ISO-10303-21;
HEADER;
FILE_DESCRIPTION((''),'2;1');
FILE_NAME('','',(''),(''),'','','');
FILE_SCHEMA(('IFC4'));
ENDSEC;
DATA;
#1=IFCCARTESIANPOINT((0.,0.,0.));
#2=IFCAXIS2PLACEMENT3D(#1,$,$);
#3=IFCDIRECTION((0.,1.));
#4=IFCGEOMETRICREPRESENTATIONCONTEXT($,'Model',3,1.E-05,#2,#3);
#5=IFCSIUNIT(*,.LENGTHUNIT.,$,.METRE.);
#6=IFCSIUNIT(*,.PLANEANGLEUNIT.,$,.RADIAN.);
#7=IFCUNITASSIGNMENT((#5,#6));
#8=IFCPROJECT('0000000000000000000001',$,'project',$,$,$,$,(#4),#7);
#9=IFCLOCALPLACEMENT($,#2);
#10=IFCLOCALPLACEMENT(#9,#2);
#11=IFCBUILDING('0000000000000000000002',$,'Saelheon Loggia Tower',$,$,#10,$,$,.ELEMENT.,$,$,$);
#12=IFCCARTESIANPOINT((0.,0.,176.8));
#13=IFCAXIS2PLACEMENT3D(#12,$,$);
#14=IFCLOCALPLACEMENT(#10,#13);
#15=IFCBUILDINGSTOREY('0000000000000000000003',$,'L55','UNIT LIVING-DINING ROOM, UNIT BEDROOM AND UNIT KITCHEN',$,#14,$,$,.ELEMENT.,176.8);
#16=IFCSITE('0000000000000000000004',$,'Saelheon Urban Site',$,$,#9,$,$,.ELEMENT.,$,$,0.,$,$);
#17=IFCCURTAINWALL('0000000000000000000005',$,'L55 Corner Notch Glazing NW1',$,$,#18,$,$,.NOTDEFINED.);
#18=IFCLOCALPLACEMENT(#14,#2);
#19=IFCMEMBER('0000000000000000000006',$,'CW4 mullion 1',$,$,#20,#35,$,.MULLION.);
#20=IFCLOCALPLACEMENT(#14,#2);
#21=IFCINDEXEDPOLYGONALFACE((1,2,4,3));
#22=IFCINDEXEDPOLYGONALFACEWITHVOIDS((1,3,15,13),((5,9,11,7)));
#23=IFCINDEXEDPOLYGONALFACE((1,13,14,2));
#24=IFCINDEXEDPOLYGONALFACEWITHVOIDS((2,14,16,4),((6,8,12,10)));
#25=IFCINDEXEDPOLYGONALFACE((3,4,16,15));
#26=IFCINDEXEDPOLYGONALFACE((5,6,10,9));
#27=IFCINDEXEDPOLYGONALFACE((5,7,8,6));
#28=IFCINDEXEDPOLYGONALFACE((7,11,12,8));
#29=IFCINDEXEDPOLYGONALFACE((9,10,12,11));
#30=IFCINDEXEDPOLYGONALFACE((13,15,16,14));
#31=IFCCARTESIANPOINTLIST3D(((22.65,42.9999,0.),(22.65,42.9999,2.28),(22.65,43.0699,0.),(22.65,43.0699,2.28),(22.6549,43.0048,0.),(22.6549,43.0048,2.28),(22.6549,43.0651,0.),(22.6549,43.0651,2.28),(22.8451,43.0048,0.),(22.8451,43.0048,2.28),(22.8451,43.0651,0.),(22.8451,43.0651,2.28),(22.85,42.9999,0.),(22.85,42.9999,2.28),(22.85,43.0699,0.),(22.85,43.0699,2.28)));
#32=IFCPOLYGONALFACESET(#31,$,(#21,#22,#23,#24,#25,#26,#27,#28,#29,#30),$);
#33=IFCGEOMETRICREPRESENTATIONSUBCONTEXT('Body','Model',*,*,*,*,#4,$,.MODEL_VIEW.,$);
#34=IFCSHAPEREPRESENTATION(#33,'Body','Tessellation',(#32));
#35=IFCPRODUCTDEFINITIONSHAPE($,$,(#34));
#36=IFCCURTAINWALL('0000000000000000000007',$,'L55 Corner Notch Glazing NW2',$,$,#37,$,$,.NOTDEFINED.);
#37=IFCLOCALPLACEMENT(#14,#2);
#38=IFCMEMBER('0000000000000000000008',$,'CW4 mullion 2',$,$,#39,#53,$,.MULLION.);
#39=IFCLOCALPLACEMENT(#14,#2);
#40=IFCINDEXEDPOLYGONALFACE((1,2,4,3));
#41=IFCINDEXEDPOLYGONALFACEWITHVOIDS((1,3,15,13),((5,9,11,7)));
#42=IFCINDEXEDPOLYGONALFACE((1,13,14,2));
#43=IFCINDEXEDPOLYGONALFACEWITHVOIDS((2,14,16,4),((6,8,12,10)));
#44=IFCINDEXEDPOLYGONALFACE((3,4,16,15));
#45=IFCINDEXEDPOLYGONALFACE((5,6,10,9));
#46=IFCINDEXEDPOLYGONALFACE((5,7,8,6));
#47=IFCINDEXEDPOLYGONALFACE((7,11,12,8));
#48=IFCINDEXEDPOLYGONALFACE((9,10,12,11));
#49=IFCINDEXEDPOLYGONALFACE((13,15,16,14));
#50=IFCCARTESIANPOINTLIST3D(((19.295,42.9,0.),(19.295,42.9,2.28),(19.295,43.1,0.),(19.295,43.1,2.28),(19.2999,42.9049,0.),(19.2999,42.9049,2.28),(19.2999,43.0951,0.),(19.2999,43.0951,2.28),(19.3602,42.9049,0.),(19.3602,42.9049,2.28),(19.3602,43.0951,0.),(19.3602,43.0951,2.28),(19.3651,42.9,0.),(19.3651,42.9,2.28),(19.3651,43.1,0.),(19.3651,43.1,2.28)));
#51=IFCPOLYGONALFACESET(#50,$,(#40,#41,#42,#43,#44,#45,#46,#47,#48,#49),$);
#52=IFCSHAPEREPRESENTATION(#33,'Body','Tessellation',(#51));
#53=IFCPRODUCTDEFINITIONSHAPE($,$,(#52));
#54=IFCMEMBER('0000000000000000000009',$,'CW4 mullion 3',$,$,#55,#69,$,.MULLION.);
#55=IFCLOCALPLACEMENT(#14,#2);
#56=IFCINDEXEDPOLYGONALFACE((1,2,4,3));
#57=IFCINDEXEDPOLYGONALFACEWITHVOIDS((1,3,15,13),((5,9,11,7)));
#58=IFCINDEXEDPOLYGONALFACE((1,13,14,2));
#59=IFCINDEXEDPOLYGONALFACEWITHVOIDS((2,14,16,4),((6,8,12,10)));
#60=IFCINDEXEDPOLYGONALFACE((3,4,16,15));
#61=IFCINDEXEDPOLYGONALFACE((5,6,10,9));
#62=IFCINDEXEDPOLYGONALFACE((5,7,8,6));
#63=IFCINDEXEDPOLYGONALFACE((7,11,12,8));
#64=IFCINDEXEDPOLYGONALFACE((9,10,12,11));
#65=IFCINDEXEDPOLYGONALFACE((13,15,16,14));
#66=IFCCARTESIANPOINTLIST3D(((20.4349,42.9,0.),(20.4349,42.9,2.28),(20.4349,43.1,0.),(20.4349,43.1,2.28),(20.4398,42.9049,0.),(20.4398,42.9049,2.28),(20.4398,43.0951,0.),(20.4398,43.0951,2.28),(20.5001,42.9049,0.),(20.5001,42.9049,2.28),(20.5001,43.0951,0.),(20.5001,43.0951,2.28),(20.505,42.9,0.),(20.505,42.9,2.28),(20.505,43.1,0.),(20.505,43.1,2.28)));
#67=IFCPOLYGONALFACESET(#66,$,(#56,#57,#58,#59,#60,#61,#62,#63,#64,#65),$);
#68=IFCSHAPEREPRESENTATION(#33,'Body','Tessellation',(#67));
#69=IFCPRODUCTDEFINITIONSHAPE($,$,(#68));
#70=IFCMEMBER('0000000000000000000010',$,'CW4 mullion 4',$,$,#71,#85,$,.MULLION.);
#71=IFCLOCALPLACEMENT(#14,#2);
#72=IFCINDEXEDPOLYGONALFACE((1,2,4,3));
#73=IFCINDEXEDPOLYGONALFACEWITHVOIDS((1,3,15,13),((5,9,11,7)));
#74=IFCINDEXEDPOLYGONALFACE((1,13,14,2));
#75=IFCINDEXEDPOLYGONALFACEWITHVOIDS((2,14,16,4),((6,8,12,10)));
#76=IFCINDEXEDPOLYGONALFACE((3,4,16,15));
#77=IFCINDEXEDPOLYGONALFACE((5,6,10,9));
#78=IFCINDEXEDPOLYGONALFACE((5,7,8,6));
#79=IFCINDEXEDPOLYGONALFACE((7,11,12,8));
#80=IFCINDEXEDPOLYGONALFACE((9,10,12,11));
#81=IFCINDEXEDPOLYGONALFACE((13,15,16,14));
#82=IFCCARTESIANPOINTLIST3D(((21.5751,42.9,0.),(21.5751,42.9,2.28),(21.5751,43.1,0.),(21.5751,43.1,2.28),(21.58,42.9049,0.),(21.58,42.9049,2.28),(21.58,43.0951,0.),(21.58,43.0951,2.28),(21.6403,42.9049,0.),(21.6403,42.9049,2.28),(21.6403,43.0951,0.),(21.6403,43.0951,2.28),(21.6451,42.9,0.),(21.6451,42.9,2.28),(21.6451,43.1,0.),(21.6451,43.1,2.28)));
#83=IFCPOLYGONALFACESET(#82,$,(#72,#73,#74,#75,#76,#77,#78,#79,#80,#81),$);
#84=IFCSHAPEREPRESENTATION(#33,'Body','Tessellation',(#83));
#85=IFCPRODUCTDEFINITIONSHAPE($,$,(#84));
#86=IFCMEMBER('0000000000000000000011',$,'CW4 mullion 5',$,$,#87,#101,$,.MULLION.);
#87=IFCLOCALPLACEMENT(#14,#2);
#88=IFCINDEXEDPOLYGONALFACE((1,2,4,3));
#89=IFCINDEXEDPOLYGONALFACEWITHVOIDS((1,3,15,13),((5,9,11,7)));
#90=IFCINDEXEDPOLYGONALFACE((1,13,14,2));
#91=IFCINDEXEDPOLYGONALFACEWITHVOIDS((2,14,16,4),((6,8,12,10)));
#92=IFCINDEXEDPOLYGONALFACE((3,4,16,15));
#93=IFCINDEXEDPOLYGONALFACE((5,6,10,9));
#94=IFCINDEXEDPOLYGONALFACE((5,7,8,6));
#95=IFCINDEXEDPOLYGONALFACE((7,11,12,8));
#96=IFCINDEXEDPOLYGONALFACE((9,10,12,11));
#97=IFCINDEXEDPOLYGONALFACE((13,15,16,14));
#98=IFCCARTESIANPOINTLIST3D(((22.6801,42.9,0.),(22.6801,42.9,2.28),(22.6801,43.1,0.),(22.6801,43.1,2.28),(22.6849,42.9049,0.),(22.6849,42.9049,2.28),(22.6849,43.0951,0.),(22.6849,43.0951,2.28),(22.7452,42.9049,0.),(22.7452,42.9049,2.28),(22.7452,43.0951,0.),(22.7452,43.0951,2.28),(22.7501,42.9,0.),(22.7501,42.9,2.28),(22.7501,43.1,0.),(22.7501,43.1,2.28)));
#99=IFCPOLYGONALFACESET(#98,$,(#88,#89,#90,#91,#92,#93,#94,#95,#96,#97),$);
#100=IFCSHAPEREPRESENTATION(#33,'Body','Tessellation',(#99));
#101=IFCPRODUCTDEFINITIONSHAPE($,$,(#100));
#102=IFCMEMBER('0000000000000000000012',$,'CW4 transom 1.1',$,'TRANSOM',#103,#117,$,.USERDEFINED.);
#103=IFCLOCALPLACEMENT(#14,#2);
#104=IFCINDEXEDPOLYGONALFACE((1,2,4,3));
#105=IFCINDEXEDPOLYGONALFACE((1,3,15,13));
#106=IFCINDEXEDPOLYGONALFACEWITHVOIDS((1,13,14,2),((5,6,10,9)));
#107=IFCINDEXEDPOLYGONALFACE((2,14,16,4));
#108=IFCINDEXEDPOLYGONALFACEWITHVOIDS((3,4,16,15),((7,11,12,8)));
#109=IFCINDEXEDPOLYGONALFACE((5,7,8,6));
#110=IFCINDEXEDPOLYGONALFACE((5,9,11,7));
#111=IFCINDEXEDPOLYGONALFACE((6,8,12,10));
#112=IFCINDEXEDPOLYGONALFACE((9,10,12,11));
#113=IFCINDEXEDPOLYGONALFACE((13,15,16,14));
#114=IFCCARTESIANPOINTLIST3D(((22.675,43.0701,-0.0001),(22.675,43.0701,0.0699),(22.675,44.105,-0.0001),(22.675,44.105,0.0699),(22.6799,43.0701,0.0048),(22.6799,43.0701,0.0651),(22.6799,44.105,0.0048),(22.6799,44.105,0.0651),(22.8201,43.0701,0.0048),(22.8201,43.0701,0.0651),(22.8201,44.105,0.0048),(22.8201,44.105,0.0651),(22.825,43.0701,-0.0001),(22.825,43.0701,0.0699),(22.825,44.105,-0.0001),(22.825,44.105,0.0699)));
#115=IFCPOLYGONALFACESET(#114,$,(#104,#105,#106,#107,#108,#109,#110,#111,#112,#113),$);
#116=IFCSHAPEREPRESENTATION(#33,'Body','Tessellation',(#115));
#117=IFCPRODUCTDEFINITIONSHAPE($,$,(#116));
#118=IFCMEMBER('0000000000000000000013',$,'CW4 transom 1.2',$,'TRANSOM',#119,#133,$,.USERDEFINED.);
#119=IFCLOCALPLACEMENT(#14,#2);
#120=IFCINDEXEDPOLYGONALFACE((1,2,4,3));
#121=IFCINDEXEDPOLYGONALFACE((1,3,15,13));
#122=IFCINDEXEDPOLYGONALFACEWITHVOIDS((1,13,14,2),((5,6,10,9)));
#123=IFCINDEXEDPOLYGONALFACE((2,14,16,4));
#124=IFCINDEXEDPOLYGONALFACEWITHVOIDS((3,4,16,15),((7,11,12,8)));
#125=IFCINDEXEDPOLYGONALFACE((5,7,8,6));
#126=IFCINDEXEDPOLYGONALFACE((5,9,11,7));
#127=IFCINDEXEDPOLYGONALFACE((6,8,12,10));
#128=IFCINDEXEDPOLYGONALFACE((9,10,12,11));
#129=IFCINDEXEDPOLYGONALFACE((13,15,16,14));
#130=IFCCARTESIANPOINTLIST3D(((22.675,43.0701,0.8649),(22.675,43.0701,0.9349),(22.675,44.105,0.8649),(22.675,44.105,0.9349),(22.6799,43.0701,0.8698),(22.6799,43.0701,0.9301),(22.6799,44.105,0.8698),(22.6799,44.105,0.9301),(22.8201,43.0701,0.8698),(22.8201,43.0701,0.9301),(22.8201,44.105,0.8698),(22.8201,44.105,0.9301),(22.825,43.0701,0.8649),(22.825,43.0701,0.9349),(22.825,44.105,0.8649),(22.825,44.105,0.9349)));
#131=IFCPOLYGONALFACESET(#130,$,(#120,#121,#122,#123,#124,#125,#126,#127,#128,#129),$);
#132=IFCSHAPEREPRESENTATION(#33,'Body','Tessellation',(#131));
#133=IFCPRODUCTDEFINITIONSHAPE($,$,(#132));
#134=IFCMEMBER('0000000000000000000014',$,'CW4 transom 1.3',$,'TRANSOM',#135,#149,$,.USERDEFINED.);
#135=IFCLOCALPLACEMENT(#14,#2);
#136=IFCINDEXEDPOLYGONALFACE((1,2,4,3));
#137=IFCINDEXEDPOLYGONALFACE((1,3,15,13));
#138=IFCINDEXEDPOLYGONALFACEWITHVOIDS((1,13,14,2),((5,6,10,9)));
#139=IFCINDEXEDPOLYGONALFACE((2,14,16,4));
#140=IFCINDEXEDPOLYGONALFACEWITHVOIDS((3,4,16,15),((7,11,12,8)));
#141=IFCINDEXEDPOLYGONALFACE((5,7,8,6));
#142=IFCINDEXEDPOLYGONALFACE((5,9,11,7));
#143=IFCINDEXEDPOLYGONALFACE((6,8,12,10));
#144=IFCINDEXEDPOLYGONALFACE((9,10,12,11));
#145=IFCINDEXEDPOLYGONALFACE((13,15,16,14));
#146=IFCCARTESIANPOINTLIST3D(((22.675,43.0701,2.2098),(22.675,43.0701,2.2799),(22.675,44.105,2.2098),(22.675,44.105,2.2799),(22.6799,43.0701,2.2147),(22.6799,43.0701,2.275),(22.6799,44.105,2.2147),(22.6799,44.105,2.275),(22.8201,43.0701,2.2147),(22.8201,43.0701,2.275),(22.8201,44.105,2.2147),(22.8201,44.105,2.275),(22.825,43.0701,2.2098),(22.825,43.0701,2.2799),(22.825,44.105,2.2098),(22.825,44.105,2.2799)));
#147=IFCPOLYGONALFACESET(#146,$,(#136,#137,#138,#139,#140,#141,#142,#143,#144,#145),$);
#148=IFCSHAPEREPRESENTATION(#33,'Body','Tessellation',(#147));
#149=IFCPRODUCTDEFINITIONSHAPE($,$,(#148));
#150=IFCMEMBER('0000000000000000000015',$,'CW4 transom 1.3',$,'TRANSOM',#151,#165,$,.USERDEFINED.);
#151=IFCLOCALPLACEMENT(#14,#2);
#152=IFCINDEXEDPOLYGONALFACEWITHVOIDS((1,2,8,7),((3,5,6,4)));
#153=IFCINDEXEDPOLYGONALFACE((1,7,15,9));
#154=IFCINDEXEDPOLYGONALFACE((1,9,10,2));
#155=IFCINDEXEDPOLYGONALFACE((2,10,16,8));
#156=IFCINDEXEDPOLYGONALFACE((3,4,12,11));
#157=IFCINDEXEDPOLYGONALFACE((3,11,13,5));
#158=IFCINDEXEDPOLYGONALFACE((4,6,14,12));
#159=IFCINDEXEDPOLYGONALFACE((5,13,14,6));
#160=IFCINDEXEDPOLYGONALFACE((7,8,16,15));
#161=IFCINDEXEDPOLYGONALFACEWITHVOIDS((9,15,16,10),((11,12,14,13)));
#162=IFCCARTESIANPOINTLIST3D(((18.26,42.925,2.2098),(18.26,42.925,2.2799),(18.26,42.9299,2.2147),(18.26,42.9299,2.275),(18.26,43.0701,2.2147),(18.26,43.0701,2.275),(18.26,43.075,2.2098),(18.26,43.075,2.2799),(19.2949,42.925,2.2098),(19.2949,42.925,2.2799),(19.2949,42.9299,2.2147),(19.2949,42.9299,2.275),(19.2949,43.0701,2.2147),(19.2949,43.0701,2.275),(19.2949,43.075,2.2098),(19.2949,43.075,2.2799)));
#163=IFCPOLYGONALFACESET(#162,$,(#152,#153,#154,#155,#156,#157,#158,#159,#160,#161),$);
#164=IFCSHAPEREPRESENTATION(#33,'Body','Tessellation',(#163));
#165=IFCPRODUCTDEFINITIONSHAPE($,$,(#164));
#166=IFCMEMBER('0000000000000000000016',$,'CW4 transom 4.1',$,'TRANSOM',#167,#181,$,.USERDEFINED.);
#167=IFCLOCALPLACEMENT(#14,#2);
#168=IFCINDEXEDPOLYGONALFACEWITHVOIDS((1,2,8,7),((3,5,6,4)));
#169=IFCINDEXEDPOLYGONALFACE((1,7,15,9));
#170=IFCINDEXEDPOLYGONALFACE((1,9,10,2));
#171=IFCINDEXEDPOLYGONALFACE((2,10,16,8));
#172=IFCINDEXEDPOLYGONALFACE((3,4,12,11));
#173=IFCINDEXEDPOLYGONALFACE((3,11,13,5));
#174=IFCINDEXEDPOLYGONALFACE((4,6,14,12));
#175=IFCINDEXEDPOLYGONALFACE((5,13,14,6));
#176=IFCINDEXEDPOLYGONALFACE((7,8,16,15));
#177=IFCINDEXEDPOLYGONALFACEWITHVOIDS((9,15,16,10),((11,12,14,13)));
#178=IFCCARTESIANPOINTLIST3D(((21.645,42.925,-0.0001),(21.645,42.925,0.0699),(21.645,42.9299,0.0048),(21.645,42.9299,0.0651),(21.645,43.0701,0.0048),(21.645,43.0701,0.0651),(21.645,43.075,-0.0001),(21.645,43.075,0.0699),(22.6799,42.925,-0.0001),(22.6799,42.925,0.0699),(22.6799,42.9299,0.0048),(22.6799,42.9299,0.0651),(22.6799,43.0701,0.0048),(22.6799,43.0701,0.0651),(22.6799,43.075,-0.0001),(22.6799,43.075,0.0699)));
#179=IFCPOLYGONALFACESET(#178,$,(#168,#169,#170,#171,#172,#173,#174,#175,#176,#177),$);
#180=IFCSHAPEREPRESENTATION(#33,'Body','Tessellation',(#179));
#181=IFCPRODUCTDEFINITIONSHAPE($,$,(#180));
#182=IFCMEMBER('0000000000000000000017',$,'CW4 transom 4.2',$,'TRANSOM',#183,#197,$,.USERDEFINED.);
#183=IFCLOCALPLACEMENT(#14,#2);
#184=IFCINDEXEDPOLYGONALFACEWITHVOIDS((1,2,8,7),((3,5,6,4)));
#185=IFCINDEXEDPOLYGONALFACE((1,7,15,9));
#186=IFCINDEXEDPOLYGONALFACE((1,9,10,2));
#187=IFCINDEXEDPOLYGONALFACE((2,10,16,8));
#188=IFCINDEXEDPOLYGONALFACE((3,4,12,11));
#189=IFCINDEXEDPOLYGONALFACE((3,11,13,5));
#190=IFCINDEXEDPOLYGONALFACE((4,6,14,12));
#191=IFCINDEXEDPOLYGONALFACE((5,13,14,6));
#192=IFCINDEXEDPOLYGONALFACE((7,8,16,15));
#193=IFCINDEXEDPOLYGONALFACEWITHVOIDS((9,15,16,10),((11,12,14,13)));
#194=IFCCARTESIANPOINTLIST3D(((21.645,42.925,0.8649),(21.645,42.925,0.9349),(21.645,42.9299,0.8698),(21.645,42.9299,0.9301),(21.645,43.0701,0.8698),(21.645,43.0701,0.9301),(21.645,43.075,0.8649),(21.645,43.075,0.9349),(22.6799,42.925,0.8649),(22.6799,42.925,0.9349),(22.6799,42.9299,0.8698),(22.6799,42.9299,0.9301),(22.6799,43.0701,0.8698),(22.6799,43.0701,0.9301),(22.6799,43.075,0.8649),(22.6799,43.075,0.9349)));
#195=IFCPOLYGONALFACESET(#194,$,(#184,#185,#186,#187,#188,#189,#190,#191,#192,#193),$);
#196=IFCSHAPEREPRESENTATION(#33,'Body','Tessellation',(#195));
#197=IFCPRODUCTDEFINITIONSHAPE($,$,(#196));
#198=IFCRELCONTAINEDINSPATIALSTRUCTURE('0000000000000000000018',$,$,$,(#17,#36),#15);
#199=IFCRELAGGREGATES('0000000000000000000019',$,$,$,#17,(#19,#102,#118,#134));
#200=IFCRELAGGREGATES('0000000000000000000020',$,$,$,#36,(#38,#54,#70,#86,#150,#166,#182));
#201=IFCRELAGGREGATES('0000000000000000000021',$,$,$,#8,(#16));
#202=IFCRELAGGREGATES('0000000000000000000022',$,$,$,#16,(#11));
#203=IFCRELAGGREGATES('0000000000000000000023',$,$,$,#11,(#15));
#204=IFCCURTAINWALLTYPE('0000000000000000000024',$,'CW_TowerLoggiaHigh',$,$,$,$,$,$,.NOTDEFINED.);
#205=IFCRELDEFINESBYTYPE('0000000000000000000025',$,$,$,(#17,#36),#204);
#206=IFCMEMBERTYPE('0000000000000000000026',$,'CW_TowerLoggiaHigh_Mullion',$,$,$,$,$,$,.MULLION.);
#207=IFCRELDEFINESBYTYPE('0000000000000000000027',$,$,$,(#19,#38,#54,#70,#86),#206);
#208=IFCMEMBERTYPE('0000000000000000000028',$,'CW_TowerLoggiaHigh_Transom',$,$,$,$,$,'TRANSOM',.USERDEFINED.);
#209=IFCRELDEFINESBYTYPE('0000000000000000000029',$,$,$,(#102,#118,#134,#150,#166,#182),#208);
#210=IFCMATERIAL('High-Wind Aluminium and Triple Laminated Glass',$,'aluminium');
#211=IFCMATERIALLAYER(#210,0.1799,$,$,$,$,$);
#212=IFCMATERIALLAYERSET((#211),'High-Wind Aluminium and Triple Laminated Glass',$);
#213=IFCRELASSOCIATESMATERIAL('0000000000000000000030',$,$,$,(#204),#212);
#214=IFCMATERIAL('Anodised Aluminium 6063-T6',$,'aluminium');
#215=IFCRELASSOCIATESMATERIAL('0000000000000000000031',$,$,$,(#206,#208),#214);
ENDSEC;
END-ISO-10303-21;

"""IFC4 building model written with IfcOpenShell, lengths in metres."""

from ifc_helpers import new_model, si_unit, direction, frame, origin, origin_2d, place, context, subcontext, project, spatial, hollow_rectangle, extrude, source, transform, mapped, material, layer, layer_set, material_profile, profile_set, type_object, element, aggregate, save


model = new_model("IFC4")

# Units and contexts
model_context = context("Model", 3, precision=1e-05, world=origin(), true_north=direction((0.0, 1.0)))
body_context = subcontext(model_context, "Body", "Model", "MODEL_VIEW")
ifc_project = project(units=[si_unit("LENGTHUNIT", "METRE"), si_unit("PLANEANGLEUNIT", "RADIAN")], contexts=[model_context])

# Site, building, storey
site_placement = place(None, origin())
site = spatial("IfcSite", under=ifc_project, at=site_placement, Name="Saelheon Urban Site", CompositionType="ELEMENT", RefElevation=0.0)
building_placement = place(site_placement, origin())
building = spatial("IfcBuilding", under=site, at=building_placement, Name="Saelheon Loggia Tower", CompositionType="ELEMENT")
storey_placement = place(building_placement, frame((0.0, 0.0, 176.8)))
storey = spatial("IfcBuildingStorey", under=building, at=storey_placement, Name="L55", Description="UNIT LIVING-DINING ROOM, UNIT BEDROOM AND UNIT KITCHEN", CompositionType="ELEMENT", Elevation=176.8)

# Curtain wall, member
ifc_material_1 = material(Name="High-Wind Aluminium and Triple Laminated Glass", Category="aluminium")
ifc_layer_1 = layer(ifc_material_1, 0.1799)
ifc_layer_set_1 = layer_set([ifc_layer_1], Name="High-Wind Aluminium and Triple Laminated Glass")
curtain_wall_type = type_object("IfcCurtainWallType", Name="CW_TowerLoggiaHigh", PredefinedType="NOTDEFINED", material=ifc_layer_set_1)
curtain_wall_1_placement = place(storey_placement, origin())
curtain_wall_1 = element("IfcCurtainWall", 1, at=curtain_wall_1_placement, inside=storey, type_object=curtain_wall_type, Name="L55 Corner Notch Glazing NW1", PredefinedType="NOTDEFINED")
ifc_material_2 = material(Name="Anodised Aluminium 6063-T6", Category="aluminium")
ifc_material_profile_1 = material_profile(ifc_material_2, hollow_rectangle(XDim=0.0701, YDim=0.2, WallThickness=0.0049, at=origin_2d()), Name="RHS-200x70x5")
ifc_profile_set_1 = profile_set([ifc_material_profile_1], Name="Anodised Aluminium 6063-T6")
member_type_1 = type_object("IfcMemberType", Name="CW_TowerLoggiaHigh_Mullion", PredefinedType="MULLION", material=ifc_profile_set_1)
shared_shape_1 = source(origin(), body_context, "Body", "SweptSolid", [
    extrude(hollow_rectangle(XDim=0.0701, YDim=0.2, WallThickness=0.0049, at=origin_2d()), origin(), (0.0, 0.0, 1.0), 2.28),
])
member_1_placement = place(storey_placement, frame((22.75, 43.0349, 0.0), z_axis=(0.0, 0.0, 1.0), x_axis=(0.0, 1.0, 0.0)))
member_1 = element("IfcMember", 2, at=member_1_placement, type_object=member_type_1, Name="CW4 mullion 1", PredefinedType="MULLION", context=body_context, shape_type="MappedRepresentation", body=[
    mapped(shared_shape_1, transform((0.0, 0.0, 0.0), scale=1.0)),
])

# Curtain wall, members
curtain_wall_2_placement = place(storey_placement, origin())
curtain_wall_2 = element("IfcCurtainWall", 3, at=curtain_wall_2_placement, inside=storey, type_object=curtain_wall_type, Name="L55 Corner Notch Glazing NW2", PredefinedType="NOTDEFINED")
member_2_placement = place(storey_placement, frame((19.3301, 43.0, 0.0), z_axis=(0.0, 0.0, 1.0), x_axis=(1.0, 0.0, 0.0)))
member_2 = element("IfcMember", 4, at=member_2_placement, type_object=member_type_1, Name="CW4 mullion 2", PredefinedType="MULLION", context=body_context, shape_type="MappedRepresentation", body=[
    mapped(shared_shape_1, transform((0.0, 0.0, 0.0), scale=1.0)),
])
member_3_placement = place(storey_placement, frame((20.47, 43.0, 0.0), z_axis=(0.0, 0.0, 1.0), x_axis=(1.0, 0.0, 0.0)))
member_3 = element("IfcMember", 5, at=member_3_placement, type_object=member_type_1, Name="CW4 mullion 3", PredefinedType="MULLION", context=body_context, shape_type="MappedRepresentation", body=[
    mapped(shared_shape_1, transform((0.0, 0.0, 0.0), scale=1.0)),
])
member_4_placement = place(storey_placement, frame((21.6101, 43.0, 0.0), z_axis=(0.0, 0.0, 1.0), x_axis=(1.0, 0.0, 0.0)))
member_4 = element("IfcMember", 6, at=member_4_placement, type_object=member_type_1, Name="CW4 mullion 4", PredefinedType="MULLION", context=body_context, shape_type="MappedRepresentation", body=[
    mapped(shared_shape_1, transform((0.0, 0.0, 0.0), scale=1.0)),
])
member_5_placement = place(storey_placement, frame((22.7151, 43.0, 0.0), z_axis=(0.0, 0.0, 1.0), x_axis=(1.0, 0.0, 0.0)))
member_5 = element("IfcMember", 7, at=member_5_placement, type_object=member_type_1, Name="CW4 mullion 5", PredefinedType="MULLION", context=body_context, shape_type="MappedRepresentation", body=[
    mapped(shared_shape_1, transform((0.0, 0.0, 0.0), scale=1.0)),
])

# Members
ifc_material_profile_2 = material_profile(ifc_material_2, hollow_rectangle(XDim=0.0701, YDim=0.1499, WallThickness=0.0049, at=origin_2d()), Name="RHS-150x70x5")
ifc_profile_set_2 = profile_set([ifc_material_profile_2], Name="Anodised Aluminium 6063-T6")
member_type_2 = type_object("IfcMemberType", Name="CW_TowerLoggiaHigh_Transom", ElementType="TRANSOM", PredefinedType="USERDEFINED", material=ifc_profile_set_2)
shared_shape_2 = source(origin(), body_context, "Body", "SweptSolid", [
    extrude(hollow_rectangle(XDim=0.0701, YDim=0.1499, WallThickness=0.0049, at=origin_2d()), origin(), (0.0, 0.0, 1.0), 1.0349),
])
member_6_placement = place(storey_placement, frame((22.75, 43.0701, 0.0349), z_axis=(0.0, 1.0, 0.0), x_axis=(0.0, 0.0, 1.0)))
member_6 = element("IfcMember", 8, at=member_6_placement, type_object=member_type_2, Name="CW4 transom 1.1", ObjectType="TRANSOM", PredefinedType="USERDEFINED", context=body_context, shape_type="MappedRepresentation", body=[
    mapped(shared_shape_2, transform((0.0, 0.0, 0.0), scale=1.0)),
])
member_7_placement = place(storey_placement, frame((22.75, 43.0701, 0.8999), z_axis=(0.0, 1.0, 0.0), x_axis=(0.0, 0.0, 1.0)))
member_7 = element("IfcMember", 9, at=member_7_placement, type_object=member_type_2, Name="CW4 transom 1.2", ObjectType="TRANSOM", PredefinedType="USERDEFINED", context=body_context, shape_type="MappedRepresentation", body=[
    mapped(shared_shape_2, transform((0.0, 0.0, 0.0), scale=1.0)),
])
member_8_placement = place(storey_placement, frame((22.75, 43.0701, 2.2449), z_axis=(0.0, 1.0, 0.0), x_axis=(0.0, 0.0, 1.0)))
member_8 = element("IfcMember", 10, at=member_8_placement, type_object=member_type_2, Name="CW4 transom 1.3", ObjectType="TRANSOM", PredefinedType="USERDEFINED", context=body_context, shape_type="MappedRepresentation", body=[
    mapped(shared_shape_2, transform((0.0, 0.0, 0.0), scale=1.0)),
])
member_9_placement = place(storey_placement, frame((18.26, 43.0, 2.2449), z_axis=(1.0, 0.0, 0.0), x_axis=(0.0, 0.0, 1.0)))
member_9 = element("IfcMember", 11, at=member_9_placement, type_object=member_type_2, Name="CW4 transom 1.3", ObjectType="TRANSOM", PredefinedType="USERDEFINED", context=body_context, shape_type="MappedRepresentation", body=[
    mapped(shared_shape_2, transform((0.0, 0.0, 0.0), scale=1.0)),
])
member_10_placement = place(storey_placement, frame((21.645, 43.0, 0.0349), z_axis=(1.0, 0.0, 0.0), x_axis=(0.0, 0.0, 1.0)))
member_10 = element("IfcMember", 12, at=member_10_placement, type_object=member_type_2, Name="CW4 transom 4.1", ObjectType="TRANSOM", PredefinedType="USERDEFINED", context=body_context, shape_type="MappedRepresentation", body=[
    mapped(shared_shape_2, transform((0.0, 0.0, 0.0), scale=1.0)),
])
member_11_placement = place(storey_placement, frame((21.645, 43.0, 0.8999), z_axis=(1.0, 0.0, 0.0), x_axis=(0.0, 0.0, 1.0)))
member_11 = element("IfcMember", 13, at=member_11_placement, type_object=member_type_2, Name="CW4 transom 4.2", ObjectType="TRANSOM", PredefinedType="USERDEFINED", context=body_context, shape_type="MappedRepresentation", body=[
    mapped(shared_shape_2, transform((0.0, 0.0, 0.0), scale=1.0)),
])

aggregate(curtain_wall_1, [member_1, member_6, member_7, member_8])
aggregate(curtain_wall_2, [member_2, member_3, member_4, member_5, member_9, member_10, member_11])

save(model, "model.ifc")
